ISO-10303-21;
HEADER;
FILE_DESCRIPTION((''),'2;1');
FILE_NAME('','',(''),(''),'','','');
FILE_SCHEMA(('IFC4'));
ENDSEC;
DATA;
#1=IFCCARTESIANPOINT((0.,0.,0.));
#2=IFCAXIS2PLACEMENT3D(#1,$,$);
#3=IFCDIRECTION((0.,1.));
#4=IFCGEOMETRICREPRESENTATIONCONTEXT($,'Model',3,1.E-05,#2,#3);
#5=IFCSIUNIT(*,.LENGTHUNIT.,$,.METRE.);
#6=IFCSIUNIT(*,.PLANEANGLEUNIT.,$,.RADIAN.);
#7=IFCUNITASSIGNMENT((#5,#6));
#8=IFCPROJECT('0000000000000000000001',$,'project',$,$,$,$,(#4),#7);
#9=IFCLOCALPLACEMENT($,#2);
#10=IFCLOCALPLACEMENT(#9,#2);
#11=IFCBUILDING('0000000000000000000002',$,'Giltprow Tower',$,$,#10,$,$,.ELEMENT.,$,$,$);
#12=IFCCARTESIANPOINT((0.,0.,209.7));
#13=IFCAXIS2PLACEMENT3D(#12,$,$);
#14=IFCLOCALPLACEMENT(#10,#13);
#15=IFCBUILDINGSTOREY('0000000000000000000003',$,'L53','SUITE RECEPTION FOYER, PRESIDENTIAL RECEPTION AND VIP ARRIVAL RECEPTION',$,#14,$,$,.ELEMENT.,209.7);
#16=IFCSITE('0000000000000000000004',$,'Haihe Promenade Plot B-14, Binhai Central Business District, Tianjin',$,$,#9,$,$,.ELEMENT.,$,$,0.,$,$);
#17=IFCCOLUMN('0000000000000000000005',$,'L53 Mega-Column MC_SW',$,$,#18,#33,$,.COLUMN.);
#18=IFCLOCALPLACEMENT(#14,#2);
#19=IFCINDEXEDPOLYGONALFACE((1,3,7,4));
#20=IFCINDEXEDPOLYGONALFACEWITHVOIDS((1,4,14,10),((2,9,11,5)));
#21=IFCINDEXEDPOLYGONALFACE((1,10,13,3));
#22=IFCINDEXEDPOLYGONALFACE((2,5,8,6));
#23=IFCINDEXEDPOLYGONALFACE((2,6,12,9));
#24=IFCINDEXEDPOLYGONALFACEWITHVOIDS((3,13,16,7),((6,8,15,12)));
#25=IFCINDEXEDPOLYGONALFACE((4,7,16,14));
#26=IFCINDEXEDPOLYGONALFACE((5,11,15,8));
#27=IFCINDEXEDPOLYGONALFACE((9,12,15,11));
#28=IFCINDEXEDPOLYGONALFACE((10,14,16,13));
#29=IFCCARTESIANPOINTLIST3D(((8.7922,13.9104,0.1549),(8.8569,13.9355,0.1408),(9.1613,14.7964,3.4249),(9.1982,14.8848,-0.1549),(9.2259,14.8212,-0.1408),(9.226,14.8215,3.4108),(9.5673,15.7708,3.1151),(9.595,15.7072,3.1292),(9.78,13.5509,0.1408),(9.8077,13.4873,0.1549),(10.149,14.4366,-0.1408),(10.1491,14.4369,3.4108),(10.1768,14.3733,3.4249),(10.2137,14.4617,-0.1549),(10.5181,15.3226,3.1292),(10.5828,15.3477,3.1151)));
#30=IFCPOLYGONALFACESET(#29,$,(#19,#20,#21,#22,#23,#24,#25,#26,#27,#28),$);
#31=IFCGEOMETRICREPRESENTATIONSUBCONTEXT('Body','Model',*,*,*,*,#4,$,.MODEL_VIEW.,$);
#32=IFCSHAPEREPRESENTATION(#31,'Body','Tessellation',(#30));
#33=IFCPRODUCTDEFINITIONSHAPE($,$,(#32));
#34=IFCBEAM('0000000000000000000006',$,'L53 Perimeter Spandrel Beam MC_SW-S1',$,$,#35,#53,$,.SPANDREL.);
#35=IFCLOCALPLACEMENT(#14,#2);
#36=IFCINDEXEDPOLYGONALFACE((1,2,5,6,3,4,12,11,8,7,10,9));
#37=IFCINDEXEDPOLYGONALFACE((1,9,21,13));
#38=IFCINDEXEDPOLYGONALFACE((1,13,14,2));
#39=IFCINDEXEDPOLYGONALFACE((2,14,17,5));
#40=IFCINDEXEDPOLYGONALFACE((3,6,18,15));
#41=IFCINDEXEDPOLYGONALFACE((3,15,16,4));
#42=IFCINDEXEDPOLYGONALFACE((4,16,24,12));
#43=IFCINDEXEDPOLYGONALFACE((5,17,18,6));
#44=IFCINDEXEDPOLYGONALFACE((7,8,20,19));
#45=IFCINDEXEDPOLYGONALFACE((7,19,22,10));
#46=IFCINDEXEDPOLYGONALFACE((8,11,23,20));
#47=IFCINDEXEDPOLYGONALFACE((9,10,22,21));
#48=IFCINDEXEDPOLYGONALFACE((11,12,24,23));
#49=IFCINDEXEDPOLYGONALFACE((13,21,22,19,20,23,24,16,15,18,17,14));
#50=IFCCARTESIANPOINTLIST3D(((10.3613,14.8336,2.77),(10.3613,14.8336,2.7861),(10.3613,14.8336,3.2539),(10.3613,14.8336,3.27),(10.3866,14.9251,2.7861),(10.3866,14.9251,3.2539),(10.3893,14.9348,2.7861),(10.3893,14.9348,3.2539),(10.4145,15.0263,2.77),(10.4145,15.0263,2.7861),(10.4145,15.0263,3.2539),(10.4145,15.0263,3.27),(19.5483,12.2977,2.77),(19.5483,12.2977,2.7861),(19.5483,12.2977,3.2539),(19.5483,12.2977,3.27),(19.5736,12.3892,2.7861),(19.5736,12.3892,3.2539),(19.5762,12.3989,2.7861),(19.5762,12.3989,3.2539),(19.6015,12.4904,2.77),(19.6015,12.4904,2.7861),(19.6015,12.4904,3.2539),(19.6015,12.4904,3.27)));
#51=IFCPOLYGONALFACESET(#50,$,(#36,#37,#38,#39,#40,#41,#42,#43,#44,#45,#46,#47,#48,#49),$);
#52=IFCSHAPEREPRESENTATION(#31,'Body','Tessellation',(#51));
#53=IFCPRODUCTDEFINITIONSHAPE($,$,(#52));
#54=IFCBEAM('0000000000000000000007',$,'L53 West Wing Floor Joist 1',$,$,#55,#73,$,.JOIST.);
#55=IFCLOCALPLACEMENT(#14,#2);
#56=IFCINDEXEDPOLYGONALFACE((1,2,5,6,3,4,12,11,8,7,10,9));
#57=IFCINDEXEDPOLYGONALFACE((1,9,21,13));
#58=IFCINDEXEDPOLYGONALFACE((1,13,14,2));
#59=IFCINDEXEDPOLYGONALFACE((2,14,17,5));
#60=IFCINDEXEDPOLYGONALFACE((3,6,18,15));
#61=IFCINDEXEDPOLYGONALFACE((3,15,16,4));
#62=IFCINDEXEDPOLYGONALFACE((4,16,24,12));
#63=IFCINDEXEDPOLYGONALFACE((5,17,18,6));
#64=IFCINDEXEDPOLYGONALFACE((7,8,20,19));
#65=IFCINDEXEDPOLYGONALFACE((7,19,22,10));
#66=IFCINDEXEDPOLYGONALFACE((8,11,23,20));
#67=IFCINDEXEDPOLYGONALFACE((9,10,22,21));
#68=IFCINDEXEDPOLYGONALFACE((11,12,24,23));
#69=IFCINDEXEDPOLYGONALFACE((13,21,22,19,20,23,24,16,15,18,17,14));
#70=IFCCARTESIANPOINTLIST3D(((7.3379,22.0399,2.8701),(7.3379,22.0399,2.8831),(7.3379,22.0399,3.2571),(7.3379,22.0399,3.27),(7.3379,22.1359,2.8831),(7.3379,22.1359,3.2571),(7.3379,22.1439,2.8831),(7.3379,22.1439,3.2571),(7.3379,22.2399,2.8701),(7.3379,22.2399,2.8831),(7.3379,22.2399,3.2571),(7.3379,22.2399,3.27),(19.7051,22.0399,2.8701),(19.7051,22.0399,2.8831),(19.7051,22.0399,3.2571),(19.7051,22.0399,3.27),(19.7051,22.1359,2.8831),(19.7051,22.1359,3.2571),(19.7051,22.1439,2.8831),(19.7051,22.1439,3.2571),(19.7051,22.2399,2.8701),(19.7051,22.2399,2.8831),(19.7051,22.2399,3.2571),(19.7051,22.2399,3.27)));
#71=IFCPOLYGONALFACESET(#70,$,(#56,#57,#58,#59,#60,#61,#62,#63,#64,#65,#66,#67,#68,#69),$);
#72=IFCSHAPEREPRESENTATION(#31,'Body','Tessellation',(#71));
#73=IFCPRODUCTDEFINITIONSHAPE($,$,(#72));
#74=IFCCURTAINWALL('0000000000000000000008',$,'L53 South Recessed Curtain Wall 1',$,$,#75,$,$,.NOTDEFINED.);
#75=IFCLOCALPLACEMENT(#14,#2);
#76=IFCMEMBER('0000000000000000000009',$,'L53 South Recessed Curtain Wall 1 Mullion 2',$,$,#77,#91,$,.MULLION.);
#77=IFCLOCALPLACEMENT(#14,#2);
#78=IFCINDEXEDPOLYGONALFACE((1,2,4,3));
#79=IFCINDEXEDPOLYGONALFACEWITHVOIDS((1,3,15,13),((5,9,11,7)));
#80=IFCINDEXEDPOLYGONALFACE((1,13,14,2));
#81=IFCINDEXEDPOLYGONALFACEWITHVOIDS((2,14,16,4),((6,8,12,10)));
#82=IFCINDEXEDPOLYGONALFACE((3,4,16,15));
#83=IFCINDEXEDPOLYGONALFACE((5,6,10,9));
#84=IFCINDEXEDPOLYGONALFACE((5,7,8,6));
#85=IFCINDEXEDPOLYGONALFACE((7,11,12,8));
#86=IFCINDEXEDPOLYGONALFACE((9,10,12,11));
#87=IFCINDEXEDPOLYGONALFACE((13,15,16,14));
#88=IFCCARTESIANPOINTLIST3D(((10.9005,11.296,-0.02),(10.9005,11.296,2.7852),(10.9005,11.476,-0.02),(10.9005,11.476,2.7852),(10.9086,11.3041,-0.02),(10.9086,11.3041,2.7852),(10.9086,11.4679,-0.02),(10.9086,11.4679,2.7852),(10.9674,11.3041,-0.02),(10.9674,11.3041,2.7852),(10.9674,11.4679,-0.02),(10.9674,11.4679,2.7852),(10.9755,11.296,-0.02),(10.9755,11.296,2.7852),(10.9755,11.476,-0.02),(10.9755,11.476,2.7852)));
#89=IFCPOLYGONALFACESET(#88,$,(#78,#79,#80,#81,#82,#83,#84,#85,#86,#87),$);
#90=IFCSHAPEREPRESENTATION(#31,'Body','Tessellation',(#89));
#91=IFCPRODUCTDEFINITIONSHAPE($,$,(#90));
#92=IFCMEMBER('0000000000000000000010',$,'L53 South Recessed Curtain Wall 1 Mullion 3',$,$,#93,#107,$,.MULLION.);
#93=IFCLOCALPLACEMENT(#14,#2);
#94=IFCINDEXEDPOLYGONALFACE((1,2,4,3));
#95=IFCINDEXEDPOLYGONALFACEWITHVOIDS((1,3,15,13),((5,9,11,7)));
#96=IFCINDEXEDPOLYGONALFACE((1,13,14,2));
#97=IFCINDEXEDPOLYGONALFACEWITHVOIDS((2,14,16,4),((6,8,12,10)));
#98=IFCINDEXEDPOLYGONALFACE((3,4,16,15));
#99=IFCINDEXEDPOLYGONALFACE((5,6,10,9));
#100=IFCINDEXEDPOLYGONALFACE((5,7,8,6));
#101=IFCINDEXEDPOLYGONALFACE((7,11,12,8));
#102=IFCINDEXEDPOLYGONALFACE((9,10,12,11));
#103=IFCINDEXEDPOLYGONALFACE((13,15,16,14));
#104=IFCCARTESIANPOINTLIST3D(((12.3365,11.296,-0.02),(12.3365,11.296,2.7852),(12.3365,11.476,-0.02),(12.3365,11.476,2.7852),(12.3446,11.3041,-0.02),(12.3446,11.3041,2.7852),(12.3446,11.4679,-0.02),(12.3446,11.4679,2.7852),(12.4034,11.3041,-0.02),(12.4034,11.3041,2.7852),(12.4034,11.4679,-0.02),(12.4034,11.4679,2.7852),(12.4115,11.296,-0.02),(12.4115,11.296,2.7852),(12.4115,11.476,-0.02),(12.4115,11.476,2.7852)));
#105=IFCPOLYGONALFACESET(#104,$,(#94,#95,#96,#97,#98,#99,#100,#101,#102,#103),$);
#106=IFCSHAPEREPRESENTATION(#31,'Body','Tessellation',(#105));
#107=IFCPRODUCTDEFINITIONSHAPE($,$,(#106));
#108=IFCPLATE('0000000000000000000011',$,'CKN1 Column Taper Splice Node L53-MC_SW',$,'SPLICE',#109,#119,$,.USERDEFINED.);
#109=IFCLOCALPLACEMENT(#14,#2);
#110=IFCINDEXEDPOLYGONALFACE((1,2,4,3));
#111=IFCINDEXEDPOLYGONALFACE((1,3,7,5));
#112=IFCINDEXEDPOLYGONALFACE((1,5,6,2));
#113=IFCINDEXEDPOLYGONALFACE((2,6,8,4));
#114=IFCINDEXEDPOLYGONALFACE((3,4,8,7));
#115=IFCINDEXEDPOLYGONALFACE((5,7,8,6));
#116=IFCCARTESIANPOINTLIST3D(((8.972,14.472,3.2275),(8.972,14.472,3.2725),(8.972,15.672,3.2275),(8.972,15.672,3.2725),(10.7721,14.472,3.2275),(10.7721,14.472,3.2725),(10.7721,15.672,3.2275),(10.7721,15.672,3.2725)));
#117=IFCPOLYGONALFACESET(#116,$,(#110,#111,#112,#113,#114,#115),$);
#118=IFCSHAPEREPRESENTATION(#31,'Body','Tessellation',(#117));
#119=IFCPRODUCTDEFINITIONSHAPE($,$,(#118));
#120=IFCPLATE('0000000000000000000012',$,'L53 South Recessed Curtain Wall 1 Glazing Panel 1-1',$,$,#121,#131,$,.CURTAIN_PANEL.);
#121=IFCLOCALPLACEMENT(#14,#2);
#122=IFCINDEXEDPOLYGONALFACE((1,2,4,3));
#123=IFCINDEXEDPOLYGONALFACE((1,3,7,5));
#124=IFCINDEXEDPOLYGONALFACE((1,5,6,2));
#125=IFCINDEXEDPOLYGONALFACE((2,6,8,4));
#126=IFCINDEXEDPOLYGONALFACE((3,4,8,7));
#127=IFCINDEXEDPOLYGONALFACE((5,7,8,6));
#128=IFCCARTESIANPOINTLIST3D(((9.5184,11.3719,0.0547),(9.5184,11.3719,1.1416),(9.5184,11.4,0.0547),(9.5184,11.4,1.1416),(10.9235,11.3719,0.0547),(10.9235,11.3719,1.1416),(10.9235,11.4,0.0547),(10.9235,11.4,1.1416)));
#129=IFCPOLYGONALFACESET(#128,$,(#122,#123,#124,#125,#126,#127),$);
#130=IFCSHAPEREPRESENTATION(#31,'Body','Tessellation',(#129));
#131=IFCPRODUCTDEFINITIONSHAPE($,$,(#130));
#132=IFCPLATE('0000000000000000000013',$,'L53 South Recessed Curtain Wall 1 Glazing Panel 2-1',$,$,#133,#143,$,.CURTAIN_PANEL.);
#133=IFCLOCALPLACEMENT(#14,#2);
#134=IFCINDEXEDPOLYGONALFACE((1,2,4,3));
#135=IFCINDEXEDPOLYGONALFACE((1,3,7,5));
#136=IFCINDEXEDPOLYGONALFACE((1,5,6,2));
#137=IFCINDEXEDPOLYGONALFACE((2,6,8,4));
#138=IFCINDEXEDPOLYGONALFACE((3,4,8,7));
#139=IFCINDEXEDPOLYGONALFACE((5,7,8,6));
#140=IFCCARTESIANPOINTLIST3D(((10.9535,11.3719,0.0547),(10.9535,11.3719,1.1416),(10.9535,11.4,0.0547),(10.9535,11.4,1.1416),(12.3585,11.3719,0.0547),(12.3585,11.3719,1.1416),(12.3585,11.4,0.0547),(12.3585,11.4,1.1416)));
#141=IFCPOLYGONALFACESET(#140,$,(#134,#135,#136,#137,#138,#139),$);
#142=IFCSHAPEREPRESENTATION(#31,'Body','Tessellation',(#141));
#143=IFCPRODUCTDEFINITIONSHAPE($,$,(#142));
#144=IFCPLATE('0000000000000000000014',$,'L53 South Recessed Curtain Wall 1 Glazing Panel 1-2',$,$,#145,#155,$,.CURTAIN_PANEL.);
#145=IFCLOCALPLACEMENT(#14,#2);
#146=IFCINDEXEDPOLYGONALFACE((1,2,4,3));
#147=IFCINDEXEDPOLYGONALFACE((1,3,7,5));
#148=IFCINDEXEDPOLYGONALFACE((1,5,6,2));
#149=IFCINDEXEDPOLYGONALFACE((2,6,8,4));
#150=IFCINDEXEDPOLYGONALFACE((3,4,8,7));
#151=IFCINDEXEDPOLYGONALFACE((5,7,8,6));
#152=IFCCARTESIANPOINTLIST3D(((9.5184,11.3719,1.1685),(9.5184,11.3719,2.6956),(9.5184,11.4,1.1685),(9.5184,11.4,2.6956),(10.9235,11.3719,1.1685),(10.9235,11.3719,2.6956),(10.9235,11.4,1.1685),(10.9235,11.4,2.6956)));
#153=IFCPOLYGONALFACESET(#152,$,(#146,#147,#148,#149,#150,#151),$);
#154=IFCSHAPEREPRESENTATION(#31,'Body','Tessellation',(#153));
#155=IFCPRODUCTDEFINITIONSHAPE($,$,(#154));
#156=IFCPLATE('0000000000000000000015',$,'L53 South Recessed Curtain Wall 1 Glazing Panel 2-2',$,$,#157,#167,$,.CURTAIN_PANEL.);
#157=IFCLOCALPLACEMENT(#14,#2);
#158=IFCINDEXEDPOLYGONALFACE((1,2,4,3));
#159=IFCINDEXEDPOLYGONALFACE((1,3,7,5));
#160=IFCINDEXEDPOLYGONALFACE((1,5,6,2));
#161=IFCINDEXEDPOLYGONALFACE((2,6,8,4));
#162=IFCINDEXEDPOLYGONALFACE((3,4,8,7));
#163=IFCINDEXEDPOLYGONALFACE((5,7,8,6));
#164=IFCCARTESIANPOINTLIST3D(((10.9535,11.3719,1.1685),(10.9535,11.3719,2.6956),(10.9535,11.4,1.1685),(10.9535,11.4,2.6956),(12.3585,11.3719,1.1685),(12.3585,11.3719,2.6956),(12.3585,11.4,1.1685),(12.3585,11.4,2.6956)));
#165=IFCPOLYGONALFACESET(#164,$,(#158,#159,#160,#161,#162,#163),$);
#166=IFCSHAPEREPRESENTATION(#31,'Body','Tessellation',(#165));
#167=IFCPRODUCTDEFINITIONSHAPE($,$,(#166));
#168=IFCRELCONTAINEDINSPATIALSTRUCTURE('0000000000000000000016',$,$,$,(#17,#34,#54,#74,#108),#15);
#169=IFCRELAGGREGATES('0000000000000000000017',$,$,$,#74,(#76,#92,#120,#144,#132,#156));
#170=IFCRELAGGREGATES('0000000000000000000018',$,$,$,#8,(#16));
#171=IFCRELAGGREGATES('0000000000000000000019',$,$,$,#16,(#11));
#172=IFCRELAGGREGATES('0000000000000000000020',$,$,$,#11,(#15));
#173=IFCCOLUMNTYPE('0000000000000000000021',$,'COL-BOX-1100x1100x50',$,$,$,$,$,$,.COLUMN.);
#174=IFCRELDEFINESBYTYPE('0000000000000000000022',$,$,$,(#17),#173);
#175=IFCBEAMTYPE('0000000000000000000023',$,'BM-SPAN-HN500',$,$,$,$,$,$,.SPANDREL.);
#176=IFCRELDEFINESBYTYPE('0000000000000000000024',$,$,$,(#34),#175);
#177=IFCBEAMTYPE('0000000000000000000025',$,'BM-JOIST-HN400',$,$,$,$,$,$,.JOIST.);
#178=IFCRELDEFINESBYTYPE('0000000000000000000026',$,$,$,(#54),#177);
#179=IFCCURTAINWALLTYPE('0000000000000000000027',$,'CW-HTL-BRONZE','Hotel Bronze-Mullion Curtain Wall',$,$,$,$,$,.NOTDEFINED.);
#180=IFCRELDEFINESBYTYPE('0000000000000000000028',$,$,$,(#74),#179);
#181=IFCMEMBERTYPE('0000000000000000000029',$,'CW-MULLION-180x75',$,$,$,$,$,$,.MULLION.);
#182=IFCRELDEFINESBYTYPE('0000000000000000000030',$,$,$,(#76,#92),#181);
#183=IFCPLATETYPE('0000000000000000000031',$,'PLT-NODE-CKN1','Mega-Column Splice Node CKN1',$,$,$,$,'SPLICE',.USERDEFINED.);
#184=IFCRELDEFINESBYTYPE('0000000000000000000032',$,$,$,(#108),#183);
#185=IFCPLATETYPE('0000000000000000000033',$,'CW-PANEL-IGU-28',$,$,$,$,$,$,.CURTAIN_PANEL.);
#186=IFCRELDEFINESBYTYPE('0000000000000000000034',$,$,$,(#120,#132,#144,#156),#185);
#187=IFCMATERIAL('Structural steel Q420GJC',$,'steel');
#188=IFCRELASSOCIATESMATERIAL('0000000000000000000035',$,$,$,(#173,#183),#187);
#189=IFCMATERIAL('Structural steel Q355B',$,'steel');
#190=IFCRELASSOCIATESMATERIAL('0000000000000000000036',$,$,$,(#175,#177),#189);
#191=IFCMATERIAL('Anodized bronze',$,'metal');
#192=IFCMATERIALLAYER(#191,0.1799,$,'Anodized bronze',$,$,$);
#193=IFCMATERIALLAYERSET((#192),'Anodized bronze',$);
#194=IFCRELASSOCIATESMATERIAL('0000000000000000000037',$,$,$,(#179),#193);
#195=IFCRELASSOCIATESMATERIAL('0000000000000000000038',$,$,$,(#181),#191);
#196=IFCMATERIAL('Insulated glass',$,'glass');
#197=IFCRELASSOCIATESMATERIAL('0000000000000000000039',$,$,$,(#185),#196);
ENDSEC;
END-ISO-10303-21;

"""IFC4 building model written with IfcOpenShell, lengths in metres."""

from ifc_helpers import new_model, si_unit, direction, frame, origin, origin_2d, place, context, subcontext, project, spatial, rectangle, hollow_rectangle, i_section, extrude, source, transform, mapped, material, layer, layer_set, material_profile, profile_set, type_object, element, aggregate, save


model = new_model("IFC4")

# Units and contexts
model_context = context("Model", 3, precision=1e-05, world=origin(), true_north=direction((0.0, 1.0)))
body_context = subcontext(model_context, "Body", "Model", "MODEL_VIEW")
ifc_project = project(units=[si_unit("LENGTHUNIT", "METRE"), si_unit("PLANEANGLEUNIT", "RADIAN")], contexts=[model_context])

# Site, building, storey
site_placement = place(None, origin())
site = spatial("IfcSite", under=ifc_project, at=site_placement, Name="Haihe Promenade Plot B-14, Binhai Central Business District, Tianjin", CompositionType="ELEMENT", RefElevation=0.0)
building_placement = place(site_placement, origin())
building = spatial("IfcBuilding", under=site, at=building_placement, Name="Giltprow Tower", CompositionType="ELEMENT")
storey_placement = place(building_placement, frame((0.0, 0.0, 209.7)))
storey = spatial("IfcBuildingStorey", under=building, at=storey_placement, Name="L53", Description="SUITE RECEPTION FOYER, PRESIDENTIAL RECEPTION AND VIP ARRIVAL RECEPTION", CompositionType="ELEMENT", Elevation=209.7)

# Column
ifc_material_1 = material(Name="Structural steel Q420GJC", Category="steel")
ifc_material_profile_1 = material_profile(ifc_material_1, hollow_rectangle(XDim=1.1001, YDim=1.1001, WallThickness=0.05, at=origin_2d()), Name="BOX 1100x1100x50")
ifc_profile_set_1 = profile_set([ifc_material_profile_1], Name="Structural steel Q420GJC")
column_type = type_object("IfcColumnType", Name="COL-BOX-1100x1100x50", PredefinedType="COLUMN", material=ifc_profile_set_1)
shared_shape_1 = source(origin(), body_context, "Body", "SweptSolid", [
    extrude(hollow_rectangle(XDim=1.1001, YDim=1.1001, WallThickness=0.05, at=origin_2d()), origin(), (0.0, 0.0, 1.0), 3.408),
])
column_placement = place(storey_placement, frame((9.5029, 14.186, 0.0), z_axis=(0.108317, 0.259975, 0.959521), x_axis=(-0.923084, 0.384597, 0.0)))
element("IfcColumn", 1, at=column_placement, inside=storey, type_object=column_type, Name="L53 Mega-Column MC_SW", PredefinedType="COLUMN", context=body_context, shape_type="MappedRepresentation", body=[
    mapped(shared_shape_1, transform((0.0, 0.0, 0.0), x_axis=(1.0, 0.0, 0.0), y_axis=(0.0, 1.0, 0.0), z_axis=(0.0, 0.0, 1.0), scale=1.0)),
])

# Beams
ifc_material_2 = material(Name="Structural steel Q355B", Category="steel")
ifc_material_profile_2 = material_profile(ifc_material_2, i_section(OverallWidth=0.2, OverallDepth=0.5, WebThickness=0.01, FlangeThickness=0.0161, at=origin_2d()), Name="HN 500x200x10x16")
ifc_profile_set_2 = profile_set([ifc_material_profile_2], Name="Structural steel Q355B")
beam_type_1 = type_object("IfcBeamType", Name="BM-SPAN-HN500", PredefinedType="SPANDREL", material=ifc_profile_set_2)
shared_shape_2 = source(origin(), body_context, "Body", "SweptSolid", [
    extrude(i_section(OverallWidth=0.2, OverallDepth=0.5, WebThickness=0.01, FlangeThickness=0.0161, at=origin_2d()), origin(), (0.0, 0.0, 1.0), 9.5305),
])
beam_1_placement = place(storey_placement, frame((10.3879, 14.9299, 3.02), z_axis=(0.963951, -0.266079, 0.0), x_axis=(0.266079, 0.963951, 0.0)))
element("IfcBeam", 2, at=beam_1_placement, inside=storey, type_object=beam_type_1, Name="L53 Perimeter Spandrel Beam MC_SW-S1", PredefinedType="SPANDREL", context=body_context, shape_type="MappedRepresentation", body=[
    mapped(shared_shape_2, transform((0.0, 0.0, 0.0), x_axis=(1.0, 0.0, 0.0), y_axis=(0.0, 1.0, 0.0), z_axis=(0.0, 0.0, 1.0), scale=1.0)),
])
ifc_material_profile_3 = material_profile(ifc_material_2, i_section(OverallWidth=0.2, OverallDepth=0.3999, WebThickness=0.0081, FlangeThickness=0.0129, at=origin_2d()), Name="HN 400x200x8x13")
ifc_profile_set_3 = profile_set([ifc_material_profile_3], Name="Structural steel Q355B")
beam_type_2 = type_object("IfcBeamType", Name="BM-JOIST-HN400", PredefinedType="JOIST", material=ifc_profile_set_3)
shared_shape_3 = source(origin(), body_context, "Body", "SweptSolid", [
    extrude(i_section(OverallWidth=0.2, OverallDepth=0.3999, WebThickness=0.0081, FlangeThickness=0.0129, at=origin_2d()), origin(), (0.0, 0.0, 1.0), 12.3672),
])
beam_2_placement = place(storey_placement, frame((7.3379, 22.1399, 3.0701), z_axis=(1.0, 0.0, 0.0), x_axis=(0.0, 1.0, 0.0)))
element("IfcBeam", 3, at=beam_2_placement, inside=storey, type_object=beam_type_2, Name="L53 West Wing Floor Joist 1", PredefinedType="JOIST", context=body_context, shape_type="MappedRepresentation", body=[
    mapped(shared_shape_3, transform((0.0, 0.0, 0.0), x_axis=(1.0, 0.0, 0.0), y_axis=(0.0, 1.0, 0.0), z_axis=(0.0, 0.0, 1.0), scale=1.0)),
])

# Curtain wall, members
ifc_material_3 = material(Name="Anodized bronze", Category="metal")
ifc_layer_1 = layer(ifc_material_3, 0.1799, Name="Anodized bronze")
ifc_layer_set_1 = layer_set([ifc_layer_1], Name="Anodized bronze")
curtain_wall_type = type_object("IfcCurtainWallType", Name="CW-HTL-BRONZE", Description="Hotel Bronze-Mullion Curtain Wall", PredefinedType="NOTDEFINED", material=ifc_layer_set_1)
curtain_wall_placement = place(storey_placement, origin())
curtain_wall = element("IfcCurtainWall", 4, at=curtain_wall_placement, inside=storey, type_object=curtain_wall_type, Name="L53 South Recessed Curtain Wall 1", PredefinedType="NOTDEFINED")
ifc_material_profile_4 = material_profile(ifc_material_3, hollow_rectangle(XDim=0.075, YDim=0.1799, WallThickness=0.0081, at=origin_2d()), Name="RHS 180x75x8")
ifc_profile_set_4 = profile_set([ifc_material_profile_4], Name="Anodized bronze")
member_type = type_object("IfcMemberType", Name="CW-MULLION-180x75", PredefinedType="MULLION", material=ifc_profile_set_4)
shared_shape_4 = source(origin(), body_context, "Body", "SweptSolid", [
    extrude(hollow_rectangle(XDim=0.075, YDim=0.1799, WallThickness=0.0081, at=origin_2d()), origin(), (0.0, 0.0, 1.0), 2.8052),
])
member_1_placement = place(storey_placement, frame((10.938, 11.386, -0.02), z_axis=(0.0, 0.0, 1.0), x_axis=(1.0, 0.0, 0.0)))
member_1 = element("IfcMember", 5, at=member_1_placement, type_object=member_type, Name="L53 South Recessed Curtain Wall 1 Mullion 2", PredefinedType="MULLION", context=body_context, shape_type="MappedRepresentation", body=[
    mapped(shared_shape_4, transform((0.0, 0.0, 0.0), x_axis=(1.0, 0.0, 0.0), y_axis=(0.0, 1.0, 0.0), z_axis=(0.0, 0.0, 1.0), scale=1.0)),
])
member_2_placement = place(storey_placement, frame((12.374, 11.386, -0.02), z_axis=(0.0, 0.0, 1.0), x_axis=(1.0, 0.0, 0.0)))
member_2 = element("IfcMember", 6, at=member_2_placement, type_object=member_type, Name="L53 South Recessed Curtain Wall 1 Mullion 3", PredefinedType="MULLION", context=body_context, shape_type="MappedRepresentation", body=[
    mapped(shared_shape_4, transform((0.0, 0.0, 0.0), x_axis=(1.0, 0.0, 0.0), y_axis=(0.0, 1.0, 0.0), z_axis=(0.0, 0.0, 1.0), scale=1.0)),
])

# Plates
plate_type_1 = type_object("IfcPlateType", Name="PLT-NODE-CKN1", Description="Mega-Column Splice Node CKN1", ElementType="SPLICE", PredefinedType="USERDEFINED", material=ifc_material_1)
shared_shape_5 = source(origin(), body_context, "Body", "SweptSolid", [
    extrude(rectangle(XDim=1.8, YDim=1.2, at=origin_2d()), origin(), (0.0, 0.0, 1.0), 0.0449),
])
plate_1_placement = place(storey_placement, frame((9.8721, 15.072, 3.2275), z_axis=(0.0, 0.0, 1.0), x_axis=(1.0, 0.0, 0.0)))
element("IfcPlate", 7, at=plate_1_placement, inside=storey, type_object=plate_type_1, Name="CKN1 Column Taper Splice Node L53-MC_SW", ObjectType="SPLICE", PredefinedType="USERDEFINED", context=body_context, shape_type="MappedRepresentation", body=[
    mapped(shared_shape_5, transform((0.0, 0.0, 0.0), x_axis=(1.0, 0.0, 0.0), y_axis=(0.0, 1.0, 0.0), z_axis=(0.0, 0.0, 1.0), scale=1.0)),
])
ifc_material_4 = material(Name="Insulated glass", Category="glass")
plate_type_2 = type_object("IfcPlateType", Name="CW-PANEL-IGU-28", PredefinedType="CURTAIN_PANEL", material=ifc_material_4)
shared_shape_6 = source(origin(), body_context, "Body", "SweptSolid", [
    extrude(rectangle(XDim=1.405, YDim=0.0281, at=origin_2d()), origin(), (0.0, 0.0, 1.0), 1.0869),
])
plate_2_placement = place(storey_placement, frame((10.2209, 11.386, 0.0547), z_axis=(0.0, 0.0, 1.0), x_axis=(1.0, 0.0, 0.0)))
plate_2 = element("IfcPlate", 8, at=plate_2_placement, type_object=plate_type_2, Name="L53 South Recessed Curtain Wall 1 Glazing Panel 1-1", PredefinedType="CURTAIN_PANEL", context=body_context, shape_type="MappedRepresentation", body=[
    mapped(shared_shape_6, transform((0.0, 0.0, 0.0), x_axis=(1.0, 0.0, 0.0), y_axis=(0.0, 1.0, 0.0), z_axis=(0.0, 0.0, 1.0), scale=1.0)),
])
plate_3_placement = place(storey_placement, frame((11.656, 11.386, 0.0547), z_axis=(0.0, 0.0, 1.0), x_axis=(1.0, 0.0, 0.0)))
plate_3 = element("IfcPlate", 9, at=plate_3_placement, type_object=plate_type_2, Name="L53 South Recessed Curtain Wall 1 Glazing Panel 2-1", PredefinedType="CURTAIN_PANEL", context=body_context, shape_type="MappedRepresentation", body=[
    mapped(shared_shape_6, transform((0.0, 0.0, 0.0), x_axis=(1.0, 0.0, 0.0), y_axis=(0.0, 1.0, 0.0), z_axis=(0.0, 0.0, 1.0), scale=1.0)),
])
shared_shape_7 = source(origin(), body_context, "Body", "SweptSolid", [
    extrude(rectangle(XDim=1.405, YDim=0.0281, at=origin_2d()), origin(), (0.0, 0.0, 1.0), 1.5271),
])
plate_4_placement = place(storey_placement, frame((10.2209, 11.386, 1.1685), z_axis=(0.0, 0.0, 1.0), x_axis=(1.0, 0.0, 0.0)))
plate_4 = element("IfcPlate", 10, at=plate_4_placement, type_object=plate_type_2, Name="L53 South Recessed Curtain Wall 1 Glazing Panel 1-2", PredefinedType="CURTAIN_PANEL", context=body_context, shape_type="MappedRepresentation", body=[
    mapped(shared_shape_7, transform((0.0, 0.0, 0.0), x_axis=(1.0, 0.0, 0.0), y_axis=(0.0, 1.0, 0.0), z_axis=(0.0, 0.0, 1.0), scale=1.0)),
])
plate_5_placement = place(storey_placement, frame((11.656, 11.386, 1.1685), z_axis=(0.0, 0.0, 1.0), x_axis=(1.0, 0.0, 0.0)))
plate_5 = element("IfcPlate", 11, at=plate_5_placement, type_object=plate_type_2, Name="L53 South Recessed Curtain Wall 1 Glazing Panel 2-2", PredefinedType="CURTAIN_PANEL", context=body_context, shape_type="MappedRepresentation", body=[
    mapped(shared_shape_7, transform((0.0, 0.0, 0.0), x_axis=(1.0, 0.0, 0.0), y_axis=(0.0, 1.0, 0.0), z_axis=(0.0, 0.0, 1.0), scale=1.0)),
])
aggregate(curtain_wall, [member_1, member_2, plate_2, plate_4, plate_3, plate_5])

save(model, "model.ifc")
